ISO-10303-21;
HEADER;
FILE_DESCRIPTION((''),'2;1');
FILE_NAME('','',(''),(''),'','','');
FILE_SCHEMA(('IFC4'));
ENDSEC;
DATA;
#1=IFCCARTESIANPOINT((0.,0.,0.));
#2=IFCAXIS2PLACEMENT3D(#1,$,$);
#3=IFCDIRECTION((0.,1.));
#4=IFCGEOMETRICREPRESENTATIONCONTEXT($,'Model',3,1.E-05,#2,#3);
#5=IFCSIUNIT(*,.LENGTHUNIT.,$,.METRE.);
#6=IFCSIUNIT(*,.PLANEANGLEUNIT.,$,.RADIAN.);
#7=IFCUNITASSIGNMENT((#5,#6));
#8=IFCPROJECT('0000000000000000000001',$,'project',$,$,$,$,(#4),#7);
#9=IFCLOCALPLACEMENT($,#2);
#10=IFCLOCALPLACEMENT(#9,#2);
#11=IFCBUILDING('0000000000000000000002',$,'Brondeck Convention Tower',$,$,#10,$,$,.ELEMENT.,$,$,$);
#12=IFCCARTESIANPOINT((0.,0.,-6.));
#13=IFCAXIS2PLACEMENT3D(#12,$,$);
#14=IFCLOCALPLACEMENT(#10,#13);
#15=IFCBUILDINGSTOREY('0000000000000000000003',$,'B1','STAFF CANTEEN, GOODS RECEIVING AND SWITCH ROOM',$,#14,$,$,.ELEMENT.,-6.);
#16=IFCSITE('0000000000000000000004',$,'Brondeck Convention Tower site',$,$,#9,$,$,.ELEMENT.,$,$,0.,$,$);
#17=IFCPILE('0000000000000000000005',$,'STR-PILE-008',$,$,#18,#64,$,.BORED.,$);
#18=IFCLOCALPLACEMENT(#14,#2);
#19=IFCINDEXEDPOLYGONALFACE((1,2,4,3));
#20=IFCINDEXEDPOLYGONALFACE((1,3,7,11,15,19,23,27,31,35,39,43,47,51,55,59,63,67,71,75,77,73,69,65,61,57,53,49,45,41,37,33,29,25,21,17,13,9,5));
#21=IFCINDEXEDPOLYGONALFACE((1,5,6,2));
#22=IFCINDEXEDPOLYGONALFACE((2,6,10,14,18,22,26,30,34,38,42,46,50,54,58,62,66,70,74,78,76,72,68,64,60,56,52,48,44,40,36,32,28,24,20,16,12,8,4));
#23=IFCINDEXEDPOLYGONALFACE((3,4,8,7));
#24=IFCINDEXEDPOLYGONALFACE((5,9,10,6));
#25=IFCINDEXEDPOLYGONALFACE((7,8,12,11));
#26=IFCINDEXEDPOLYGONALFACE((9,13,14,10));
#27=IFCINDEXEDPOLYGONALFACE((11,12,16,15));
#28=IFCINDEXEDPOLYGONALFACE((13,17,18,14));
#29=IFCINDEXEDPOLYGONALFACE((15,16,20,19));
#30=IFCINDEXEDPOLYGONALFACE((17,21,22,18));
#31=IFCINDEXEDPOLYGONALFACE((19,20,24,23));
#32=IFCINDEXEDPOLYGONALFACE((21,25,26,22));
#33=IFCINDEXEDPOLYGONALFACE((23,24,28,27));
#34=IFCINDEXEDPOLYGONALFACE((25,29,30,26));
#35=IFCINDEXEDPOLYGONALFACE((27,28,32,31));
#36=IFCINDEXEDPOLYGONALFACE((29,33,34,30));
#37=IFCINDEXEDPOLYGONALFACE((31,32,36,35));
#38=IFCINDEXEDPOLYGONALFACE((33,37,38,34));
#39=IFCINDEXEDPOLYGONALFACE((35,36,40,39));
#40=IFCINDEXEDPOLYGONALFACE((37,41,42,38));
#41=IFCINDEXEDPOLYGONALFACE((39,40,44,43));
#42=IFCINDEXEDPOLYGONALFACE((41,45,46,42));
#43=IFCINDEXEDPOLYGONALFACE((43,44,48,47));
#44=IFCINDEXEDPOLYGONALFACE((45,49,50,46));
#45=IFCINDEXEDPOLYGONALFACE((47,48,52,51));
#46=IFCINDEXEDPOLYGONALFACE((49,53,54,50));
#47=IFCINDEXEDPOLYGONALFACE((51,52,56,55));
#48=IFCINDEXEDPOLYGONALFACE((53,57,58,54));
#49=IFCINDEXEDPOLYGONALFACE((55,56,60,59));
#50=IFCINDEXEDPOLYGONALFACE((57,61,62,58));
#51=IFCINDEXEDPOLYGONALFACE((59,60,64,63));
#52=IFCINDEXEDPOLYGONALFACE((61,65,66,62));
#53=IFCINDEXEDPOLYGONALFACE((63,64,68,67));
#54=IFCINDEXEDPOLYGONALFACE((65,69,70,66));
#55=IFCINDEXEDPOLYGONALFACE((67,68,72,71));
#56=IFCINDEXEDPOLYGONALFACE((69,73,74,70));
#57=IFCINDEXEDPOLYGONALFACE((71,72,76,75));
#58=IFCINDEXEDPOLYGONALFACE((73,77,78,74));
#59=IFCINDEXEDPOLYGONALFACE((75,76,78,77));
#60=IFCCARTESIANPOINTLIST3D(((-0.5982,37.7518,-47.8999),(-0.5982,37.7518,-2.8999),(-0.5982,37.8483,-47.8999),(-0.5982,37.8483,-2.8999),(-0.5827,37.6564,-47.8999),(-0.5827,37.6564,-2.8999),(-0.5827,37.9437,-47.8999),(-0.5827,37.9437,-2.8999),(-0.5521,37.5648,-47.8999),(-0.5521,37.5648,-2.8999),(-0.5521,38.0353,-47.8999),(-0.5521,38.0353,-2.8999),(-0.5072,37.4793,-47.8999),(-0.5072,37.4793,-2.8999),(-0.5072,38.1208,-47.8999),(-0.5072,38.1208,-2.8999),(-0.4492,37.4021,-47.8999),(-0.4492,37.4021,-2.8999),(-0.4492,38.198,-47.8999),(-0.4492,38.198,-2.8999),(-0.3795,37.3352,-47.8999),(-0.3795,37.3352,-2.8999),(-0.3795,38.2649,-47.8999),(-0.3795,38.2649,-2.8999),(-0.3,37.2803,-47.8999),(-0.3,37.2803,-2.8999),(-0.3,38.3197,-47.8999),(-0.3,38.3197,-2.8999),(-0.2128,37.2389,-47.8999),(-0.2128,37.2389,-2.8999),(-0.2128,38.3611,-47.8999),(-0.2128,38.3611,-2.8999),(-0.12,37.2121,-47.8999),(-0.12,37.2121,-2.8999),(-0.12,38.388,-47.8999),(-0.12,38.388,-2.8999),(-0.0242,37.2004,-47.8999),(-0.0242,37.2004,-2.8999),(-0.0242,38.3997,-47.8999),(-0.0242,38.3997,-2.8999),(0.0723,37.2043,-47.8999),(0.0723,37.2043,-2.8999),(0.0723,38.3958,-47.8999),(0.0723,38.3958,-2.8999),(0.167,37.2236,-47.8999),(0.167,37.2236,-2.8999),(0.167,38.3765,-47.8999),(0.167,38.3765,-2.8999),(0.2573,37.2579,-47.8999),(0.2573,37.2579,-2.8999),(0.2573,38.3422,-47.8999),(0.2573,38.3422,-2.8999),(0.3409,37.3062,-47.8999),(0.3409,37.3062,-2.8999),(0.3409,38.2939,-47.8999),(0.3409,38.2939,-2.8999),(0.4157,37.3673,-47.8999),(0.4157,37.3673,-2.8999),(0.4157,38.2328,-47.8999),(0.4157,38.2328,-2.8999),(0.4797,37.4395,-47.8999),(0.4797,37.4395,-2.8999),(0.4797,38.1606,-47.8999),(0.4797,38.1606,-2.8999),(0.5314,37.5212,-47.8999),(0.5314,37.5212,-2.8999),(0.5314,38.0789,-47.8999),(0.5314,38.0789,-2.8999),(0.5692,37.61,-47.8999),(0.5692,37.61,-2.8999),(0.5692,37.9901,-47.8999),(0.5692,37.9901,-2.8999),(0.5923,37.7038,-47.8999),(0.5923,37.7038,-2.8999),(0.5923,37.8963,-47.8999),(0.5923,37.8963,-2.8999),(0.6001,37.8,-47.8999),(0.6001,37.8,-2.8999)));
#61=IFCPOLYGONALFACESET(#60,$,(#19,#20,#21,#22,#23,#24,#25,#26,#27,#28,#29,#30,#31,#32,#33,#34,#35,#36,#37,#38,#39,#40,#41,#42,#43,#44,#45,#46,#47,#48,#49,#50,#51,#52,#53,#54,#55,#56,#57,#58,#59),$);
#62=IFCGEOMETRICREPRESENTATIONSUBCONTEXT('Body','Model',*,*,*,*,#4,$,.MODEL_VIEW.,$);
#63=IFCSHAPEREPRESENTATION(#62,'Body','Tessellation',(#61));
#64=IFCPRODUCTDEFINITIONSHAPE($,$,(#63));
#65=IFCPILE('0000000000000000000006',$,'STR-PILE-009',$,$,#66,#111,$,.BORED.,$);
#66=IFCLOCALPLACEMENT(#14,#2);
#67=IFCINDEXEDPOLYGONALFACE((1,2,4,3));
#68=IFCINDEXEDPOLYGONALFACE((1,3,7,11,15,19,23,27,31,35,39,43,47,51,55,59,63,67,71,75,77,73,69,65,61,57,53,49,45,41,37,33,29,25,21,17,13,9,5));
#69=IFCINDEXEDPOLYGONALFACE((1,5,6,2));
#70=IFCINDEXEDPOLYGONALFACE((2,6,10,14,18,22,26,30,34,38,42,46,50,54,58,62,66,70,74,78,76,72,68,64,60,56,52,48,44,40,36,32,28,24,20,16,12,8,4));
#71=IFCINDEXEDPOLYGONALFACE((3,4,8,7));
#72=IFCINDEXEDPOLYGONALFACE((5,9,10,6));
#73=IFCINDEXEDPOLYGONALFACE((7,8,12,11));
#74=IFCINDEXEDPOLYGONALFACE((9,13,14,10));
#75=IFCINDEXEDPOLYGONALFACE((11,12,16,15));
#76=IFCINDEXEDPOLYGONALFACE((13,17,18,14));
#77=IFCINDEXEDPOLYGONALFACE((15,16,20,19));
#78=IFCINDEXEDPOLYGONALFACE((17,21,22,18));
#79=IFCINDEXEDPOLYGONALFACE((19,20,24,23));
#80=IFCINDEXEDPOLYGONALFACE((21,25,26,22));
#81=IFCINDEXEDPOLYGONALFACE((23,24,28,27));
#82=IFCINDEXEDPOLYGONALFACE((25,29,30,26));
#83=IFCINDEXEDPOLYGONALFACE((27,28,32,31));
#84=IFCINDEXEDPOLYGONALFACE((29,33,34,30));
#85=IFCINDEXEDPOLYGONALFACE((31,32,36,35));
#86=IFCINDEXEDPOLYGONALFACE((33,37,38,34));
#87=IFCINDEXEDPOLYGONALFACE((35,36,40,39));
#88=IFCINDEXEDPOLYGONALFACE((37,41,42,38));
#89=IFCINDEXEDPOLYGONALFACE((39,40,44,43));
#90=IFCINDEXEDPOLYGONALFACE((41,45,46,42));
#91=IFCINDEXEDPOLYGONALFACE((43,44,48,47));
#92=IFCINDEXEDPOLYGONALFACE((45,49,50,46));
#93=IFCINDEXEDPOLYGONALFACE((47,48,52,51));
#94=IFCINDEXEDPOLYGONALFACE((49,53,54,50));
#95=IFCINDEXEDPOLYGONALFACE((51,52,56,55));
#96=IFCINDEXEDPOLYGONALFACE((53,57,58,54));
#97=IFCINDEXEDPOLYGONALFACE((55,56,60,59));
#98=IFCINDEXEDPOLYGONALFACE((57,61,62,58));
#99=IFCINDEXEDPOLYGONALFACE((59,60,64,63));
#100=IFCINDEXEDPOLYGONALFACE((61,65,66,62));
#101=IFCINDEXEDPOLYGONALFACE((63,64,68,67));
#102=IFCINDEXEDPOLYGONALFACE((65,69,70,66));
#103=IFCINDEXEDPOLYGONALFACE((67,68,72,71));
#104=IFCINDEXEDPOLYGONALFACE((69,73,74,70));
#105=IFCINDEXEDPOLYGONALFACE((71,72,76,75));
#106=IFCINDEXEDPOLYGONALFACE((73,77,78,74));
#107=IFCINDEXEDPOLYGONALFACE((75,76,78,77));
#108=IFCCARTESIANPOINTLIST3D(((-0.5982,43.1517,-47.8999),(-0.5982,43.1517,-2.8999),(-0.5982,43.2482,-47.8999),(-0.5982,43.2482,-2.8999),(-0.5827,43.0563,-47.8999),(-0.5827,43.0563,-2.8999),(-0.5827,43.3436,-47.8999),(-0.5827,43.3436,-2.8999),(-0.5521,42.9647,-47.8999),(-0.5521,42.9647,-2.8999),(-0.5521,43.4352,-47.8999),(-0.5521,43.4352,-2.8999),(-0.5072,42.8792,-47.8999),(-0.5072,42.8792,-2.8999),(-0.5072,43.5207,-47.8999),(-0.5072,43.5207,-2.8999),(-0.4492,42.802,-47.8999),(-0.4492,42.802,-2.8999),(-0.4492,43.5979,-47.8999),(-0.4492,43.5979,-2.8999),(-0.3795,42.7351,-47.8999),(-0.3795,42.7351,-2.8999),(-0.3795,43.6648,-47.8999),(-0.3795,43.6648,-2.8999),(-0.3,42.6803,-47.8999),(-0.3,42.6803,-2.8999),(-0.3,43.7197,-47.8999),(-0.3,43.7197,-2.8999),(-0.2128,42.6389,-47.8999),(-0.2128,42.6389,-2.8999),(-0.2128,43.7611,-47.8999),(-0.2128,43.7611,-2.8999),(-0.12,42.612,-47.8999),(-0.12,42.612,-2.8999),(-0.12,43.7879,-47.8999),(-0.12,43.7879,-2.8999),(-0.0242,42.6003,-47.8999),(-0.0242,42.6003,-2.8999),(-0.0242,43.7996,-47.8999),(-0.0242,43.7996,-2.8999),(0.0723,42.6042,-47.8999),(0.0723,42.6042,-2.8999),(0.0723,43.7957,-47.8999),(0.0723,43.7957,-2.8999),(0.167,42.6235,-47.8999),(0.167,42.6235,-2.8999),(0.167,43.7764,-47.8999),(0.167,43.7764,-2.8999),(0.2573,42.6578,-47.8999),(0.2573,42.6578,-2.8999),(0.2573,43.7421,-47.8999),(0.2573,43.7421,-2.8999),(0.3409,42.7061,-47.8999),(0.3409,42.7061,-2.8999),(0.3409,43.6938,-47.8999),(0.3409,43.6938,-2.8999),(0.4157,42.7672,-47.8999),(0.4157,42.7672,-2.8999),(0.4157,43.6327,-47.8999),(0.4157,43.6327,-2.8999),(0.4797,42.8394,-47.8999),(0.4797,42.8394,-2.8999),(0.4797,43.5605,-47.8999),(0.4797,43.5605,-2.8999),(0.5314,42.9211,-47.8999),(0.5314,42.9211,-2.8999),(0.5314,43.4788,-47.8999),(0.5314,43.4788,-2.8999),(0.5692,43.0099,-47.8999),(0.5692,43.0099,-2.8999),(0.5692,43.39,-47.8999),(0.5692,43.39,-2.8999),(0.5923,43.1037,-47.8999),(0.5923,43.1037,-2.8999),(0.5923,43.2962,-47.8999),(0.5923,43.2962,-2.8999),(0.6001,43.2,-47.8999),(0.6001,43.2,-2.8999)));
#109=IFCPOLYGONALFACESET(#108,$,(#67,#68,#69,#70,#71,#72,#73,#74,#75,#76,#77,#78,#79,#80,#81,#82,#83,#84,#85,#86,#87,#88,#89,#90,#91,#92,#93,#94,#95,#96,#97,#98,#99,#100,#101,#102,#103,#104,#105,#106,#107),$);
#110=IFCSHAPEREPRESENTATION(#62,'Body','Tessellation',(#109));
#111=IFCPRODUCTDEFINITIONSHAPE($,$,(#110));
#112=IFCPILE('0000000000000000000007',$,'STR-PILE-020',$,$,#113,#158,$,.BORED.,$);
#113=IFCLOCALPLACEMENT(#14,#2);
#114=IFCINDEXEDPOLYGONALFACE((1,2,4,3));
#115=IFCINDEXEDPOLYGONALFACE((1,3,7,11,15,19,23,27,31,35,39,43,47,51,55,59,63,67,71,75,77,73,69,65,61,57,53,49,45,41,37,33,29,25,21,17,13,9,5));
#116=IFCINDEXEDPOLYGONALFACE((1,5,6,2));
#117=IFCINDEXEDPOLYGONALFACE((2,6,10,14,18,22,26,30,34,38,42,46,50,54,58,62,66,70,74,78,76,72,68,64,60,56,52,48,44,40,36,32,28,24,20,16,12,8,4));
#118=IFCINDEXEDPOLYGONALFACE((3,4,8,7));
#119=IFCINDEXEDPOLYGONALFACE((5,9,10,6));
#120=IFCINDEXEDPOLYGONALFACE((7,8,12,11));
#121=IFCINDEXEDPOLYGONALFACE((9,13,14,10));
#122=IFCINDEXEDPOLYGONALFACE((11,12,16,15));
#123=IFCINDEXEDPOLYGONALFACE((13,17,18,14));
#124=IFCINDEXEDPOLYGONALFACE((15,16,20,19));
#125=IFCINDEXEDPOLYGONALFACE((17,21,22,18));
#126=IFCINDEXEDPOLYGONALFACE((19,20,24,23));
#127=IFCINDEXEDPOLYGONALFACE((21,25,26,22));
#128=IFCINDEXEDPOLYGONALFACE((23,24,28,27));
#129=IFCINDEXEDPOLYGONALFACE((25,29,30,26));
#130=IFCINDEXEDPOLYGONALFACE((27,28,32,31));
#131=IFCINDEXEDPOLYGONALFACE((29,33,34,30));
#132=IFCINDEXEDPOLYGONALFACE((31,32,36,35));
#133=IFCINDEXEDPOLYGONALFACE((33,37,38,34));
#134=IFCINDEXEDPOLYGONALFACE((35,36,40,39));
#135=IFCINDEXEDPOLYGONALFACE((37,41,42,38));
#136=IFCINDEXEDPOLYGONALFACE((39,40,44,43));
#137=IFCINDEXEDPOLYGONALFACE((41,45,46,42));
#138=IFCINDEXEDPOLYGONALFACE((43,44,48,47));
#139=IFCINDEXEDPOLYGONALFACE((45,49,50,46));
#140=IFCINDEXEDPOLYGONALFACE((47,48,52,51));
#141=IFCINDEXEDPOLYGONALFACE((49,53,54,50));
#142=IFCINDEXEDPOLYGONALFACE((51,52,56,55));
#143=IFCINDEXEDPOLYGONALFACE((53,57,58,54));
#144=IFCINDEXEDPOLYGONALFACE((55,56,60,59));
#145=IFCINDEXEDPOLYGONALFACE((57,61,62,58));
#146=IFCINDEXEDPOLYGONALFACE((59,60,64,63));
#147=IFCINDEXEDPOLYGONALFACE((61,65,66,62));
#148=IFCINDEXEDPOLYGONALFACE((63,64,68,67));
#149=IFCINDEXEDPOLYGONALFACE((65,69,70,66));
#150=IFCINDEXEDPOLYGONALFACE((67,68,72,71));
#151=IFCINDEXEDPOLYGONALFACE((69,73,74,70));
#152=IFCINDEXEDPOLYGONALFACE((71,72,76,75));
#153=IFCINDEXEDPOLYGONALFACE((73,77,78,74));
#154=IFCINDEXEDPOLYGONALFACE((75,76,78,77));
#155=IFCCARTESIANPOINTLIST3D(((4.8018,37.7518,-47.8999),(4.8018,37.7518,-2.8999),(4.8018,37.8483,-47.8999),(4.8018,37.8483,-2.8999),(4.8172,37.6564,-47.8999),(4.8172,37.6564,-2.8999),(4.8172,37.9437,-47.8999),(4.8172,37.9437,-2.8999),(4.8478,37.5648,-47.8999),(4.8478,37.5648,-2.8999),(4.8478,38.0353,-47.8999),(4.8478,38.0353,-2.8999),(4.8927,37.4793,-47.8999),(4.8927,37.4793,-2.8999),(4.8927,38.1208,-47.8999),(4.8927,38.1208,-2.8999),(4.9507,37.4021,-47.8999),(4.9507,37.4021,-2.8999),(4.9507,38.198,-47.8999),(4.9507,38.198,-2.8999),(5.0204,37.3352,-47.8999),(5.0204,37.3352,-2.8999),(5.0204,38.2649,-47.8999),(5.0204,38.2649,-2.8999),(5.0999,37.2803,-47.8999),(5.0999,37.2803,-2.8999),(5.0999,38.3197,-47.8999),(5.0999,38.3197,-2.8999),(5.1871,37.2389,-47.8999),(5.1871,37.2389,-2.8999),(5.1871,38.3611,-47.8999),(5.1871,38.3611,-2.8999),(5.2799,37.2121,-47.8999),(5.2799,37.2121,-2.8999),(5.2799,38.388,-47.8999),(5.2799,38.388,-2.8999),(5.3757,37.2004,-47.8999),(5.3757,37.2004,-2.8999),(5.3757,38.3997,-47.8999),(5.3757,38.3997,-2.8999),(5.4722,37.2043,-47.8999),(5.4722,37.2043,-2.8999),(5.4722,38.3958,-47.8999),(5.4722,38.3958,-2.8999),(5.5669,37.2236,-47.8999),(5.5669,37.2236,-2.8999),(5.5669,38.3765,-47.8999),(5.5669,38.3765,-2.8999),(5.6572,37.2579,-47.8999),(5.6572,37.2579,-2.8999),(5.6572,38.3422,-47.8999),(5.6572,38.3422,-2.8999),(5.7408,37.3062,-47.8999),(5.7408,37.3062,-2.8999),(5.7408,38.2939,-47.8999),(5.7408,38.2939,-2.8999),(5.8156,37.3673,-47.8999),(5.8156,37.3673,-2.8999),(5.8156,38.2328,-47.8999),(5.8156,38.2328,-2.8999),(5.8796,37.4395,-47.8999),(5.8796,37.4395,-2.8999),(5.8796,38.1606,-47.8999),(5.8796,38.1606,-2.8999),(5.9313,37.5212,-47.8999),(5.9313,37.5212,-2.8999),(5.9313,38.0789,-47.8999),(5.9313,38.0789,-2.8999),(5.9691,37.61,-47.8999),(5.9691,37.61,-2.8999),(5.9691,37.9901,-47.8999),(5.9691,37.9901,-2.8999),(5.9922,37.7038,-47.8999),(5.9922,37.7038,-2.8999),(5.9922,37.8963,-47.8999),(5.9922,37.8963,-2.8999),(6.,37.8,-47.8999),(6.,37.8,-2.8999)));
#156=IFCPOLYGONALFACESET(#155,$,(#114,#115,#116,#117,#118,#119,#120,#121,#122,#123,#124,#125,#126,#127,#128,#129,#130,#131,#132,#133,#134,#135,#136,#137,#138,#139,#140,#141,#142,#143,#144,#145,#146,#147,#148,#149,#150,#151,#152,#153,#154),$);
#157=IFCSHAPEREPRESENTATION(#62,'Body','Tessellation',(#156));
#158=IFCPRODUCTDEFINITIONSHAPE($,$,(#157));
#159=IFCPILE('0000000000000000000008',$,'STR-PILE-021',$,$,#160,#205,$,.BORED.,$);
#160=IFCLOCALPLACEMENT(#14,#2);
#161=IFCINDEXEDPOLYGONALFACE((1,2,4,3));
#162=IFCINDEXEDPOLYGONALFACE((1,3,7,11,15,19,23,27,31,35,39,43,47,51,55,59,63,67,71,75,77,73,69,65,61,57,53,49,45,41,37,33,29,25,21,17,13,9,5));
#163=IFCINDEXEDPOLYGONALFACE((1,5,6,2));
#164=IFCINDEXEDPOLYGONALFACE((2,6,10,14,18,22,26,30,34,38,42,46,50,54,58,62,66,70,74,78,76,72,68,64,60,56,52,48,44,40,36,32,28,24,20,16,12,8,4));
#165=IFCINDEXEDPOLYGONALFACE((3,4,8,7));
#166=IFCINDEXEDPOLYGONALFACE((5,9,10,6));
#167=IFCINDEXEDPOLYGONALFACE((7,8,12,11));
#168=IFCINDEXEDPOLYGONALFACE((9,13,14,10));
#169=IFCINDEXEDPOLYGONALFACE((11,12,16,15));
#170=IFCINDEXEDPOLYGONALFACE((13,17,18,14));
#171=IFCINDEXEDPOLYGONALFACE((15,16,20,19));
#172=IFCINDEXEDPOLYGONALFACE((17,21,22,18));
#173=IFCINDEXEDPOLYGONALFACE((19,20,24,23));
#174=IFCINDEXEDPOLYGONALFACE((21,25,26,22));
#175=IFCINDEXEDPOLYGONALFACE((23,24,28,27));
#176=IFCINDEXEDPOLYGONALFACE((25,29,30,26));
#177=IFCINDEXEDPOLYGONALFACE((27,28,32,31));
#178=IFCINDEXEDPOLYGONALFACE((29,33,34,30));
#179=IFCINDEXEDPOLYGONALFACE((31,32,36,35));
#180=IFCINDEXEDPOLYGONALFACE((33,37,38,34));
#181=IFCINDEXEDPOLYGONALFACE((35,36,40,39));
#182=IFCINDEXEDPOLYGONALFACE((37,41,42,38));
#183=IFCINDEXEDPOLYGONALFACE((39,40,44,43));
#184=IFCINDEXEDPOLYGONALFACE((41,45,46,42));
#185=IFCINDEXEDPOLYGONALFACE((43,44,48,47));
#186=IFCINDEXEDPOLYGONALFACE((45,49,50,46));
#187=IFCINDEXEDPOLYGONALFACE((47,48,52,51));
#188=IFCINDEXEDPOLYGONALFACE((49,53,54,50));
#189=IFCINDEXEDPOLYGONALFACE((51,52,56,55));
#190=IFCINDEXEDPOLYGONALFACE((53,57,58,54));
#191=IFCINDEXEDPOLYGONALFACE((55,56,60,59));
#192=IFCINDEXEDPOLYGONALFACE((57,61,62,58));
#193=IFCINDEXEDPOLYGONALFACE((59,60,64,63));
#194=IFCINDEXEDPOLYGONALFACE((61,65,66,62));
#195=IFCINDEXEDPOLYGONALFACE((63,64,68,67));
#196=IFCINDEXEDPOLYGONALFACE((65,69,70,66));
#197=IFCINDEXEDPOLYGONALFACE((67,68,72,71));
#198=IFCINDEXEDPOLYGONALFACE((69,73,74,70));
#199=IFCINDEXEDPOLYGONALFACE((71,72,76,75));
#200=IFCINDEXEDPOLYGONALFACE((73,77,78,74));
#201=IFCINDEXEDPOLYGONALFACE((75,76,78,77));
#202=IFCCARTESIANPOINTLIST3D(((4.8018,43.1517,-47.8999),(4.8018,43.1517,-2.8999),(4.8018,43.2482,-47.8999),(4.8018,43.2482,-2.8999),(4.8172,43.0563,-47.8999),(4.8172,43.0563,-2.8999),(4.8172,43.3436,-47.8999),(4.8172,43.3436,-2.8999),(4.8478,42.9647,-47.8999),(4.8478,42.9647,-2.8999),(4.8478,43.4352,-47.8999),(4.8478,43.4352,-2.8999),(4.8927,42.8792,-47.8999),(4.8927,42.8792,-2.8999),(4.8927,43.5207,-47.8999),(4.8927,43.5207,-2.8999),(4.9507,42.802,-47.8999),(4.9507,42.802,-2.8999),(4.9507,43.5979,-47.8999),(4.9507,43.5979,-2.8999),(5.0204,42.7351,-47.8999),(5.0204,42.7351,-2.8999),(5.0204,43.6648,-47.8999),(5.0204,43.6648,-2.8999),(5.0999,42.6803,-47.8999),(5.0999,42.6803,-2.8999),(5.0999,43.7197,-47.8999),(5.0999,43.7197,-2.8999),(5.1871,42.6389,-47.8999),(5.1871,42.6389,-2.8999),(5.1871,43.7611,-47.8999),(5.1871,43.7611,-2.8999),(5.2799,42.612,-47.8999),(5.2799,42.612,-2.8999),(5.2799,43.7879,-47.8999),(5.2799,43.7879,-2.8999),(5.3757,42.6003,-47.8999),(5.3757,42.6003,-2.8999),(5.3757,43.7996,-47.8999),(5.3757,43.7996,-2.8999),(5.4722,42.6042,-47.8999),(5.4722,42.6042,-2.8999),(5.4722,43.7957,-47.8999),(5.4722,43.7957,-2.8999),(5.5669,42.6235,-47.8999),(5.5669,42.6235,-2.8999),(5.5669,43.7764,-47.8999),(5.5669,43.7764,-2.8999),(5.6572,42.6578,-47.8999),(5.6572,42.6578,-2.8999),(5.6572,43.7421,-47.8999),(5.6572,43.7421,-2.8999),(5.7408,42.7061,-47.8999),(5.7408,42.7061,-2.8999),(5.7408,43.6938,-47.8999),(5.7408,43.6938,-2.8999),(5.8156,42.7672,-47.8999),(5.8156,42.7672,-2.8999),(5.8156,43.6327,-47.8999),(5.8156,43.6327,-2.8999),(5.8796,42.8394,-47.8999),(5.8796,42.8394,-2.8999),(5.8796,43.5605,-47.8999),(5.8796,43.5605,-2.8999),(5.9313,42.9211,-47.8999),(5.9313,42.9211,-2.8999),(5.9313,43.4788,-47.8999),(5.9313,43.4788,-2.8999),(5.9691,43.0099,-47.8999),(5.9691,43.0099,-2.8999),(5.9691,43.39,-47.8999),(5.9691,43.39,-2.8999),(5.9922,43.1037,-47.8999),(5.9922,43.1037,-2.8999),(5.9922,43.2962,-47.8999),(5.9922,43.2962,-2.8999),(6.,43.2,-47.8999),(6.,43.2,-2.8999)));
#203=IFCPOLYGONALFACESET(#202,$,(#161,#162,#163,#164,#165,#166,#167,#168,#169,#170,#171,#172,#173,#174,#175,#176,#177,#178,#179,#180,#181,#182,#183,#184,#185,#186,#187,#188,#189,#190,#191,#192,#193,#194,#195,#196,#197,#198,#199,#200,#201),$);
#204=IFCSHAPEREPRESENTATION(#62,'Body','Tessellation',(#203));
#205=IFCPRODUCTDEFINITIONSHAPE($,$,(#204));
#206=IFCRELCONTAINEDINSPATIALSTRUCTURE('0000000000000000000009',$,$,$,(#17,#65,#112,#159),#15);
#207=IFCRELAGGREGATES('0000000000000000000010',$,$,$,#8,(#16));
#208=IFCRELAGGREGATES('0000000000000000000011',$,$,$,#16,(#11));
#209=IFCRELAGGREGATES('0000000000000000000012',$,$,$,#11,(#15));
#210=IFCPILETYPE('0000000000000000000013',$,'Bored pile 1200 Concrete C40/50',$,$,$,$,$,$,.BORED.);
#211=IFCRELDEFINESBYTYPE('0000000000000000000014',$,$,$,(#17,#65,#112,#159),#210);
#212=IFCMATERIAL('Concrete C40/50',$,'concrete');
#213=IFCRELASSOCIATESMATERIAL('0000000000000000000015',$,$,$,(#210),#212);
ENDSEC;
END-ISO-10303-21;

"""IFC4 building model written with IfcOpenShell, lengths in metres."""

from ifc_helpers import new_model, si_unit, direction, frame, origin, origin_2d, place, context, subcontext, project, spatial, circle, extrude, material, material_profile, profile_set, type_object, element, save


model = new_model("IFC4")

# Units and contexts
model_context = context("Model", 3, precision=1e-05, world=origin(), true_north=direction((0.0, 1.0)))
body_context = subcontext(model_context, "Body", "Model", "MODEL_VIEW")
ifc_project = project(units=[si_unit("LENGTHUNIT", "METRE"), si_unit("PLANEANGLEUNIT", "RADIAN")], contexts=[model_context])

# Site, building, storey
site_placement = place(None, origin())
site = spatial("IfcSite", under=ifc_project, at=site_placement, Name="Brondeck Convention Tower site", CompositionType="ELEMENT", RefElevation=0.0)
building_placement = place(site_placement, origin())
building = spatial("IfcBuilding", under=site, at=building_placement, Name="Brondeck Convention Tower", CompositionType="ELEMENT")
storey_placement = place(building_placement, frame((0.0, 0.0, -6.0)))
storey = spatial("IfcBuildingStorey", under=building, at=storey_placement, Name="B1", Description="STAFF CANTEEN, GOODS RECEIVING AND SWITCH ROOM", CompositionType="ELEMENT", Elevation=-6.0)

# Piles
ifc_material_1 = material(Name="Concrete C40/50", Category="concrete")
ifc_material_profile = material_profile(ifc_material_1, circle(Radius=0.6001, at=origin_2d()), Name="Bored pile 1200 Concrete C40/50")
ifc_profile_set = profile_set([ifc_material_profile], Name="Concrete C40/50")
pile_type = type_object("IfcPileType", Name="Bored pile 1200 Concrete C40/50", PredefinedType="BORED", material=ifc_profile_set)
for number, where, z_axis, x_axis, name in (
    (1, (0.0, 37.8, -2.8999), (0.0, 0.0, -1.0), (1.0, 0.0, 0.0), "STR-PILE-008"),
    (2, (0.0, 43.2, -2.8999), (0.0, 0.0, -1.0), (1.0, 0.0, 0.0), "STR-PILE-009"),
    (3, (5.3999, 37.8, -2.8999), (0.0, 0.0, -1.0), (1.0, 0.0, 0.0), "STR-PILE-020"),
    (4, (5.3999, 43.2, -2.8999), (0.0, 0.0, -1.0), (1.0, 0.0, 0.0), "STR-PILE-021"),
):
    element("IfcPile", number, at=place(storey_placement, frame(where, z_axis=z_axis, x_axis=x_axis)), inside=storey, type_object=pile_type, Name=name, PredefinedType="BORED", context=body_context, shape_type="SweptSolid", body=[
        extrude(circle(Radius=0.6001, at=origin_2d()), origin(), (0.0, 0.0, 1.0), 45.0),
    ])

save(model, "model.ifc")
